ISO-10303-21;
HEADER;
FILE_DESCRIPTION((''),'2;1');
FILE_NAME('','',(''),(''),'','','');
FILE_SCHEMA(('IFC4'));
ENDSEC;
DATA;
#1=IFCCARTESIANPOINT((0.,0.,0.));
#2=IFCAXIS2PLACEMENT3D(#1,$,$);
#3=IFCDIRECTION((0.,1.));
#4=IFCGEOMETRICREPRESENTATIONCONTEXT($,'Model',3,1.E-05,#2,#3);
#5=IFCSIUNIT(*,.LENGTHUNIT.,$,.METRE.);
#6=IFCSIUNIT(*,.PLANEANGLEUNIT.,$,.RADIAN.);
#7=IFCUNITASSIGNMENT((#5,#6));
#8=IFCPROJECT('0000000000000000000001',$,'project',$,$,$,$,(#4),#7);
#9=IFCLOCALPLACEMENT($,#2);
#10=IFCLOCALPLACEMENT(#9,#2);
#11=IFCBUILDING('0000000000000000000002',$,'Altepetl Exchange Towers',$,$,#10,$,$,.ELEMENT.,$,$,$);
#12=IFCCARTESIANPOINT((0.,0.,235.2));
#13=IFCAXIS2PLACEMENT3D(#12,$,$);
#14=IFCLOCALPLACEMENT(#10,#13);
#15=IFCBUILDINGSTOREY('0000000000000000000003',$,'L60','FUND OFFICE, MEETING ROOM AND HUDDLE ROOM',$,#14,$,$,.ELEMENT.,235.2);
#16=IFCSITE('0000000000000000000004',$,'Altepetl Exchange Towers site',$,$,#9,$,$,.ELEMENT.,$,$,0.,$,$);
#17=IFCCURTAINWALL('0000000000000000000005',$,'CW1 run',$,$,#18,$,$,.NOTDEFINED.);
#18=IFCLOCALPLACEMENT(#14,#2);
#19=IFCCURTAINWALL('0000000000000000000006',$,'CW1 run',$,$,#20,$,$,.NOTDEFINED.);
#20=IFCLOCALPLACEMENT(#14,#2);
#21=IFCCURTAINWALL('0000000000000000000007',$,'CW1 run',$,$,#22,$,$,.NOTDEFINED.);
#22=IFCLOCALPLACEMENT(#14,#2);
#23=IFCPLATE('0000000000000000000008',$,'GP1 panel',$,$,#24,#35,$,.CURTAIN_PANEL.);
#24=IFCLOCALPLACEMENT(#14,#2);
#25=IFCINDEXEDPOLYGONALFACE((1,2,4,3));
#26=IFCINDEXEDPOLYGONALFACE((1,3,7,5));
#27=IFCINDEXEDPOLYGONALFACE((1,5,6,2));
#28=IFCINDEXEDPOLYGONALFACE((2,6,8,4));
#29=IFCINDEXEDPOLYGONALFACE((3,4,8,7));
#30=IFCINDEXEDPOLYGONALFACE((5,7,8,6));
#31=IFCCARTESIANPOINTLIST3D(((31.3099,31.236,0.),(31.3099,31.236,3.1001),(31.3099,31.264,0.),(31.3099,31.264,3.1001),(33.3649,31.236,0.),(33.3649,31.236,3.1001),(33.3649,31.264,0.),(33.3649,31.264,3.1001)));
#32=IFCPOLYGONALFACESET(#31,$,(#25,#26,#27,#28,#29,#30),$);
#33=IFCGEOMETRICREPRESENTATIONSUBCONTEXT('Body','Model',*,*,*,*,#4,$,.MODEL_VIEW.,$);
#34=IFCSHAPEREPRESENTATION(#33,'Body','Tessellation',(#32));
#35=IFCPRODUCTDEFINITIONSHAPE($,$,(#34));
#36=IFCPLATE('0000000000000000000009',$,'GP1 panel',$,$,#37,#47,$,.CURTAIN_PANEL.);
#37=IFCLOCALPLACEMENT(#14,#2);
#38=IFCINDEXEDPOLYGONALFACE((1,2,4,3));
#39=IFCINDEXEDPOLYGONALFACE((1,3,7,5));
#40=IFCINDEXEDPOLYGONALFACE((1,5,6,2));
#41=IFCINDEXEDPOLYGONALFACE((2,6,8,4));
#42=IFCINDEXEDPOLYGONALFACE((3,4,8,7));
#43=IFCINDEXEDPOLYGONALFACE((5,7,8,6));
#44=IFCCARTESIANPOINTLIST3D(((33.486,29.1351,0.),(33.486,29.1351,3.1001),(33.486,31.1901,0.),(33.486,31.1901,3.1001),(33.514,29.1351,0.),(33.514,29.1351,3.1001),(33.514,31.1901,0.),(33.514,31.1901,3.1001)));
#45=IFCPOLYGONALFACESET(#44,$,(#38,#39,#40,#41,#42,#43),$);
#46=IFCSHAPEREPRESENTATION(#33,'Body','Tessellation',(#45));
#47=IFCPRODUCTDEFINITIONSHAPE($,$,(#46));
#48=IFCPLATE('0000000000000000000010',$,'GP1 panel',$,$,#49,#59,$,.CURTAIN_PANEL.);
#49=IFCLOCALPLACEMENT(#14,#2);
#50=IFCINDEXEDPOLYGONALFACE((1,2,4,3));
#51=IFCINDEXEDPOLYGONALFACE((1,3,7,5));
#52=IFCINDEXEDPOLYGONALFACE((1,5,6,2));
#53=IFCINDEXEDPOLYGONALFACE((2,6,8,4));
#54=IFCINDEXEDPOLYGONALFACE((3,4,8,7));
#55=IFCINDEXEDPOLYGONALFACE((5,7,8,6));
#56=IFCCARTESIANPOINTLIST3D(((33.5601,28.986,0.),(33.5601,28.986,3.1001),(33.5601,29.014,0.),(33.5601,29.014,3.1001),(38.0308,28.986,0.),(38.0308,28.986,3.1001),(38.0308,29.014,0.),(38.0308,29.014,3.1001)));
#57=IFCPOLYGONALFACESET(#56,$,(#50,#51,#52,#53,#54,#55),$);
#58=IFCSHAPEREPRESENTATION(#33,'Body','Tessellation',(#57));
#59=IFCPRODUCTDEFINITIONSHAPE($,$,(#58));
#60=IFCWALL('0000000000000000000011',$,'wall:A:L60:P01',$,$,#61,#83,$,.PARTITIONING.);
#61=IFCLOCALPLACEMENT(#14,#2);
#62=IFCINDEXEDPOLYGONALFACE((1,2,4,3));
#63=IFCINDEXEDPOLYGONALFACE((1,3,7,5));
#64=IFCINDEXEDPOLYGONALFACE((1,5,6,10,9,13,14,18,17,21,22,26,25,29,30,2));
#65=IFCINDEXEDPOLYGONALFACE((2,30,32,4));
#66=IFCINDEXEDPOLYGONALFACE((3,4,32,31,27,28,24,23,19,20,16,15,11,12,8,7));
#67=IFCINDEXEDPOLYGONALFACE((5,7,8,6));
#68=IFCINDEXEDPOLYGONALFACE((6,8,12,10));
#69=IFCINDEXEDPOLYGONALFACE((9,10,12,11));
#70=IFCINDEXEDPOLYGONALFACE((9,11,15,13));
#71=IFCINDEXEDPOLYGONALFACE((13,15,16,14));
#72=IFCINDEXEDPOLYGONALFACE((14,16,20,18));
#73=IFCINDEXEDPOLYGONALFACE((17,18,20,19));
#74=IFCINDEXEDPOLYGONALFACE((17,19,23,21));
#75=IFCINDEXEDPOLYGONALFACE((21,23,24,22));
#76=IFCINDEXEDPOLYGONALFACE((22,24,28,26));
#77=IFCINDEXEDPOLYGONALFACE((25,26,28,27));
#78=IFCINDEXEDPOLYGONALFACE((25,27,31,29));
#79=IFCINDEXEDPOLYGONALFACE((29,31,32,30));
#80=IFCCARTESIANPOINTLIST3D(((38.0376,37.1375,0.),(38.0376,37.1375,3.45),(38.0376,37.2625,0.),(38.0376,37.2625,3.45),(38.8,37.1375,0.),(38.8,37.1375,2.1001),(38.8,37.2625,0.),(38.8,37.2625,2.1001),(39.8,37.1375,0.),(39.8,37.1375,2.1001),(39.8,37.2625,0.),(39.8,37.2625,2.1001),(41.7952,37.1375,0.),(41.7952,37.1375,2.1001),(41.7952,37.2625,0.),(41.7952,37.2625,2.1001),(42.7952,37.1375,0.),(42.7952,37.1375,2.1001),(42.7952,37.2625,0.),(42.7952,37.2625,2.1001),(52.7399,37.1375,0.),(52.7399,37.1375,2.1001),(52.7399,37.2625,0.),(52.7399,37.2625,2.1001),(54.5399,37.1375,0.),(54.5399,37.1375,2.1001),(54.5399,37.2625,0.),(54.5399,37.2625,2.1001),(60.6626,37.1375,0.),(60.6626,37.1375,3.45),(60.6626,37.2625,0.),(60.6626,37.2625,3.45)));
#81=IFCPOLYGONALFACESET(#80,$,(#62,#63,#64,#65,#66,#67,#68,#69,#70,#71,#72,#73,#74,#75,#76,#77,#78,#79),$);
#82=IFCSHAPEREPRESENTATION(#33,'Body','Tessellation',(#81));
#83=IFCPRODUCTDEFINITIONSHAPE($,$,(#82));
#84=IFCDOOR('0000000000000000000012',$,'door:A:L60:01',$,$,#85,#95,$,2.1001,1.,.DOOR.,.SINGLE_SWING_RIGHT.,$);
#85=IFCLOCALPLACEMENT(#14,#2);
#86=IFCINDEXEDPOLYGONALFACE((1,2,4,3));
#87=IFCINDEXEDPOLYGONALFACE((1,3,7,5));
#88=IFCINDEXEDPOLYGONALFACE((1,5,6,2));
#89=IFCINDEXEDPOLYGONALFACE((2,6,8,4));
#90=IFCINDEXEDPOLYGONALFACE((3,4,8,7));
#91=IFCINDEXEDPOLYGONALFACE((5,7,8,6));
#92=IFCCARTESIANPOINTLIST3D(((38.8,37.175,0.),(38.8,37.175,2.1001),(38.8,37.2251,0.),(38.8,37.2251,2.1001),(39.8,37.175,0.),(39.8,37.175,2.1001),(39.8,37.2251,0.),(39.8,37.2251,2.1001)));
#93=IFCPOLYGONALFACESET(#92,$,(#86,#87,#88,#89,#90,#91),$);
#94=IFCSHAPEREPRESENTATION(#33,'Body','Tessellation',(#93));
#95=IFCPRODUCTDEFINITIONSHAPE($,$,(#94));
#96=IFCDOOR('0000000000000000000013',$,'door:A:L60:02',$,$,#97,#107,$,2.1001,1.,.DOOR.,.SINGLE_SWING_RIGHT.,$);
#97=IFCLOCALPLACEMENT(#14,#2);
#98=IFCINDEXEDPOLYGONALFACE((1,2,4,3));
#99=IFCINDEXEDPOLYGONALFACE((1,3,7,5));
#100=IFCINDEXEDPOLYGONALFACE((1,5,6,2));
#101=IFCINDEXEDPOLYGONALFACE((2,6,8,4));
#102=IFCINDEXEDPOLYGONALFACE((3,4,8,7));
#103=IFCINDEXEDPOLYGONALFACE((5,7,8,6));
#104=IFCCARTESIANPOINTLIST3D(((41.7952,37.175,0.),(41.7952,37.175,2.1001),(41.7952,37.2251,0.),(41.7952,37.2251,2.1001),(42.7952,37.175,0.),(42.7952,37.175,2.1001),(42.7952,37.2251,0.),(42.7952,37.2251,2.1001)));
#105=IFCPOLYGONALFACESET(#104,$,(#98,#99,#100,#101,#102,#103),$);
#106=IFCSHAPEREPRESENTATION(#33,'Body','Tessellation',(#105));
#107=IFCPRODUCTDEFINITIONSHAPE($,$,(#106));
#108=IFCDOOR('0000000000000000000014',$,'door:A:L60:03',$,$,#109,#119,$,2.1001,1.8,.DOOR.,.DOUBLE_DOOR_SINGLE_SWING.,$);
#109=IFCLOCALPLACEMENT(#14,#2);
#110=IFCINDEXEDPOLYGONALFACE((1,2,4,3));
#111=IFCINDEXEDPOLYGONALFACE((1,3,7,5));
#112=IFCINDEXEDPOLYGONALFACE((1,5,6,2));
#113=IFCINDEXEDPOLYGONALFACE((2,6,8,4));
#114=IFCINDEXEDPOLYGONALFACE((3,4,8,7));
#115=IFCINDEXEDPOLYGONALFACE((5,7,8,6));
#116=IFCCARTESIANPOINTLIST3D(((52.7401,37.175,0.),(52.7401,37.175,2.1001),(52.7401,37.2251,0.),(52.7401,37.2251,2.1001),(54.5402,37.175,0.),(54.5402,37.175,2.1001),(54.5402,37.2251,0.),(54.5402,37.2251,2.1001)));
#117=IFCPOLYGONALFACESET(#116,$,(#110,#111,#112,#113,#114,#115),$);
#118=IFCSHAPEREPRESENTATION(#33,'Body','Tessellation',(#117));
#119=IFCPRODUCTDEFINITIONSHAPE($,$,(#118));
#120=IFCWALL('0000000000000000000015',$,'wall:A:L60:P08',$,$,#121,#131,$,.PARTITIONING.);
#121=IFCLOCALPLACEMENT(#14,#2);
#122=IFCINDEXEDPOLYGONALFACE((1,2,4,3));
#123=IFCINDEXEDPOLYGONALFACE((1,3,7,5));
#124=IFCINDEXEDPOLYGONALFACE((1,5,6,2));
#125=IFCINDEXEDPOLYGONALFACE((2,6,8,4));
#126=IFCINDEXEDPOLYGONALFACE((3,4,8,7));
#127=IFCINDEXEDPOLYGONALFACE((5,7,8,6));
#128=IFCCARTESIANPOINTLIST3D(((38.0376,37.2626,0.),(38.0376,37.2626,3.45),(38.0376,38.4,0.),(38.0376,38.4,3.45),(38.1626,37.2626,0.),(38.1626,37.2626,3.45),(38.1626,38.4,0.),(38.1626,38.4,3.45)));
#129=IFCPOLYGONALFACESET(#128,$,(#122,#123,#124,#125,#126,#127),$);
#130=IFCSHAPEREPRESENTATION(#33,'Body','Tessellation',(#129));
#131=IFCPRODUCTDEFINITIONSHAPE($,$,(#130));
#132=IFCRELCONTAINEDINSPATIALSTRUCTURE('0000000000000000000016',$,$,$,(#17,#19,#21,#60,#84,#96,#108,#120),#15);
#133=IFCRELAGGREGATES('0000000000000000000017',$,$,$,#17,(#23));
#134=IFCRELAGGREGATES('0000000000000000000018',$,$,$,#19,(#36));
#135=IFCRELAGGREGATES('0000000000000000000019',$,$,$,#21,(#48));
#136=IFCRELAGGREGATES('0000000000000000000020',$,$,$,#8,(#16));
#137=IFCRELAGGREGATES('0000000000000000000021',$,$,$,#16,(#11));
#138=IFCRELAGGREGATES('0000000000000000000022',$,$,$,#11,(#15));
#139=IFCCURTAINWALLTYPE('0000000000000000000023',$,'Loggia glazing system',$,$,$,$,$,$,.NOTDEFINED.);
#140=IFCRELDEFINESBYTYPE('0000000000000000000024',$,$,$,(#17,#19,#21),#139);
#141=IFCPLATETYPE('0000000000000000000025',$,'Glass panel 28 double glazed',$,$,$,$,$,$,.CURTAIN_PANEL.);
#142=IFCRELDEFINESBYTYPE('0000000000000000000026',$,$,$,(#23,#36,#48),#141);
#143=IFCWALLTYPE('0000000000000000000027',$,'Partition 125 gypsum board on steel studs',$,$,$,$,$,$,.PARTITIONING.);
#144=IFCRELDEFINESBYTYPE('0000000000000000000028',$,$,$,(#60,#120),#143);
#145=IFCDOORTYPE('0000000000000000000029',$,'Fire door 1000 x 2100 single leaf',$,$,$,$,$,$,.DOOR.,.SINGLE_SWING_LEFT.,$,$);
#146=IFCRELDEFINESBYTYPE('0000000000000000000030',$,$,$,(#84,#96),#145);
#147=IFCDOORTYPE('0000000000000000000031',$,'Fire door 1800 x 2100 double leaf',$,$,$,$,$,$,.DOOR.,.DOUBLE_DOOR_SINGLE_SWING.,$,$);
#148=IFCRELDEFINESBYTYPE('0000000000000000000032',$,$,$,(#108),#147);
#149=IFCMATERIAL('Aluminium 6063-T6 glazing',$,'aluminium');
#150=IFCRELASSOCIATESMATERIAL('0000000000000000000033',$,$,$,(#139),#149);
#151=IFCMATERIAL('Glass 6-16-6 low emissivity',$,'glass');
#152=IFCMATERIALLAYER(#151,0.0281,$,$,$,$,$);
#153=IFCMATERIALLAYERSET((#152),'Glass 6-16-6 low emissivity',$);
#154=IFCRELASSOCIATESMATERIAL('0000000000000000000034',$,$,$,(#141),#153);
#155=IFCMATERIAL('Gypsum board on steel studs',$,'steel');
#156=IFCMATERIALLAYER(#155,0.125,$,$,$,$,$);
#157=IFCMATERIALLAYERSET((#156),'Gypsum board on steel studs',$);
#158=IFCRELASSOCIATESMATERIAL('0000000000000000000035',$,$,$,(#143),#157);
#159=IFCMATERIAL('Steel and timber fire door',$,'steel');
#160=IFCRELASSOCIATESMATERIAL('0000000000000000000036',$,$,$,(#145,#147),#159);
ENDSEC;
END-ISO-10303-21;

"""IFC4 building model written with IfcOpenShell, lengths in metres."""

from ifc_helpers import new_model, si_unit, direction, frame, frame_2d, origin, origin_2d, place, context, subcontext, project, spatial, rectangle, extrude, material, layer, layer_set, type_object, element, fill, aggregate, save


model = new_model("IFC4")

# Units and contexts
model_context = context("Model", 3, precision=1e-05, world=origin(), true_north=direction((0.0, 1.0)))
body_context = subcontext(model_context, "Body", "Model", "MODEL_VIEW")
ifc_project = project(units=[si_unit("LENGTHUNIT", "METRE"), si_unit("PLANEANGLEUNIT", "RADIAN")], contexts=[model_context])

# Site, building, storey
site_placement = place(None, origin())
site = spatial("IfcSite", under=ifc_project, at=site_placement, Name="Altepetl Exchange Towers site", CompositionType="ELEMENT", RefElevation=0.0)
building_placement = place(site_placement, origin())
building = spatial("IfcBuilding", under=site, at=building_placement, Name="Altepetl Exchange Towers", CompositionType="ELEMENT")
storey_placement = place(building_placement, frame((0.0, 0.0, 235.2)))
storey = spatial("IfcBuildingStorey", under=building, at=storey_placement, Name="L60", Description="FUND OFFICE, MEETING ROOM AND HUDDLE ROOM", CompositionType="ELEMENT", Elevation=235.2)

# Curtain wall
ifc_material_1 = material(Name="Aluminium 6063-T6 glazing", Category="aluminium")
curtain_wall_type = type_object("IfcCurtainWallType", Name="Loggia glazing system", PredefinedType="NOTDEFINED", material=ifc_material_1)
curtain_wall_1_placement = place(storey_placement, origin())
curtain_wall_1 = element("IfcCurtainWall", 1, at=curtain_wall_1_placement, inside=storey, type_object=curtain_wall_type, Name="CW1 run", PredefinedType="NOTDEFINED")

# Curtain walls
curtain_wall_2_placement = place(storey_placement, origin())
curtain_wall_2 = element("IfcCurtainWall", 2, at=curtain_wall_2_placement, inside=storey, type_object=curtain_wall_type, Name="CW1 run", PredefinedType="NOTDEFINED")
curtain_wall_3_placement = place(storey_placement, origin())
curtain_wall_3 = element("IfcCurtainWall", 3, at=curtain_wall_3_placement, inside=storey, type_object=curtain_wall_type, Name="CW1 run", PredefinedType="NOTDEFINED")

# Plates
ifc_material_2 = material(Name="Glass 6-16-6 low emissivity", Category="glass")
ifc_layer_1 = layer(ifc_material_2, 0.0281)
ifc_layer_set_1 = layer_set([ifc_layer_1], Name="Glass 6-16-6 low emissivity")
plate_type = type_object("IfcPlateType", Name="Glass panel 28 double glazed", PredefinedType="CURTAIN_PANEL", material=ifc_layer_set_1)
plate_1_placement = place(storey_placement, frame((32.3374, 31.25, 0.0)))
plate_1 = element("IfcPlate", 4, at=plate_1_placement, type_object=plate_type, Name="GP1 panel", PredefinedType="CURTAIN_PANEL", context=body_context, shape_type="SweptSolid", body=[
    extrude(rectangle(XDim=2.0549, YDim=0.0281, at=origin_2d()), origin(), (0.0, 0.0, 1.0), 3.1001),
])
aggregate(curtain_wall_1, [plate_1])
plate_2_placement = place(storey_placement, frame((33.5, 30.1626, 0.0), z_axis=(0.0, 0.0, 1.0), x_axis=(0.0, -1.0, 0.0)))
plate_2 = element("IfcPlate", 5, at=plate_2_placement, type_object=plate_type, Name="GP1 panel", PredefinedType="CURTAIN_PANEL", context=body_context, shape_type="SweptSolid", body=[
    extrude(rectangle(XDim=2.0549, YDim=0.0281, at=origin_2d()), origin(), (0.0, 0.0, 1.0), 3.1001),
])
aggregate(curtain_wall_2, [plate_2])
plate_3_placement = place(storey_placement, frame((35.7954, 29.0, 0.0)))
plate_3 = element("IfcPlate", 6, at=plate_3_placement, type_object=plate_type, Name="GP1 panel", PredefinedType="CURTAIN_PANEL", context=body_context, shape_type="SweptSolid", body=[
    extrude(rectangle(XDim=4.4707, YDim=0.0281, at=origin_2d()), origin(), (0.0, 0.0, 1.0), 3.1001),
])
aggregate(curtain_wall_3, [plate_3])

# Wall, openings, doors
ifc_material_3 = material(Name="Gypsum board on steel studs", Category="steel")
ifc_layer_2 = layer(ifc_material_3, 0.125)
ifc_layer_set_2 = layer_set([ifc_layer_2], Name="Gypsum board on steel studs")
wall_type = type_object("IfcWallType", Name="Partition 125 gypsum board on steel studs", PredefinedType="PARTITIONING", material=ifc_layer_set_2)
wall_1_placement = place(storey_placement, frame((38.0376, 37.2, 0.0)))
wall_1 = element("IfcWall", 7, at=wall_1_placement, inside=storey, type_object=wall_type, Name="wall:A:L60:P01", PredefinedType="PARTITIONING", context=body_context, shape_type="SweptSolid", body=[
    extrude(rectangle(XDim=22.625, YDim=0.125, at=frame_2d((11.3125, 0.0))), origin(), (0.0, 0.0, 1.0), 3.45),
])
opening_1_placement = place(wall_1_placement, frame((0.7625, 0.0, 0.0)))
opening_1 = element("IfcOpeningElement", 8, at=opening_1_placement, cuts=wall_1, PredefinedType="OPENING", context=body_context, shape_type="SweptSolid", body=[
    extrude(rectangle(XDim=1.0, YDim=2.1001, at=frame_2d((0.5, 1.05))), frame((0.0, 0.0725, 0.0), z_axis=(0.0, -1.0, 0.0), x_axis=(1.0, 0.0, 0.0)), (0.0, 0.0, 1.0), 0.145),
])
opening_2_placement = place(wall_1_placement, frame((3.7576, 0.0, 0.0)))
opening_2 = element("IfcOpeningElement", 9, at=opening_2_placement, cuts=wall_1, PredefinedType="OPENING", context=body_context, shape_type="SweptSolid", body=[
    extrude(rectangle(XDim=1.0, YDim=2.1001, at=frame_2d((0.5, 1.05))), frame((0.0, 0.0725, 0.0), z_axis=(0.0, -1.0, 0.0), x_axis=(1.0, 0.0, 0.0)), (0.0, 0.0, 1.0), 0.145),
])
opening_3_placement = place(wall_1_placement, frame((14.7024, 0.0, 0.0)))
opening_3 = element("IfcOpeningElement", 10, at=opening_3_placement, cuts=wall_1, PredefinedType="OPENING", context=body_context, shape_type="SweptSolid", body=[
    extrude(rectangle(XDim=1.8, YDim=2.1001, at=frame_2d((0.8999, 1.05))), frame((0.0, 0.0725, 0.0), z_axis=(0.0, -1.0, 0.0), x_axis=(1.0, 0.0, 0.0)), (0.0, 0.0, 1.0), 0.145),
])
ifc_material_4 = material(Name="Steel and timber fire door", Category="steel")
door_type_1 = type_object("IfcDoorType", Name="Fire door 1000 x 2100 single leaf", OperationType="SINGLE_SWING_LEFT", PredefinedType="DOOR", material=ifc_material_4)
door_1_placement = place(opening_1_placement, frame((1.0, 0.0, 0.0), x_axis=(-1.0, 0.0, 0.0)))
door_1 = element("IfcDoor", 11, at=door_1_placement, inside=storey, type_object=door_type_1, Name="door:A:L60:01", OperationType="SINGLE_SWING_RIGHT", OverallHeight=2.1001, OverallWidth=1.0, PredefinedType="DOOR", context=body_context, shape_type="SweptSolid", body=[
    extrude(rectangle(XDim=1.0, YDim=2.1001, at=frame_2d((0.5, 1.05))), frame((0.0, 0.0249, 0.0), z_axis=(0.0, -1.0, 0.0), x_axis=(1.0, 0.0, 0.0)), (0.0, 0.0, 1.0), 0.05),
])
fill(opening_1, door_1)
door_2_placement = place(opening_2_placement, frame((1.0, 0.0, 0.0), x_axis=(-1.0, 0.0, 0.0)))
door_2 = element("IfcDoor", 12, at=door_2_placement, inside=storey, type_object=door_type_1, Name="door:A:L60:02", OperationType="SINGLE_SWING_RIGHT", OverallHeight=2.1001, OverallWidth=1.0, PredefinedType="DOOR", context=body_context, shape_type="SweptSolid", body=[
    extrude(rectangle(XDim=1.0, YDim=2.1001, at=frame_2d((0.5, 1.05))), frame((0.0, 0.0249, 0.0), z_axis=(0.0, -1.0, 0.0), x_axis=(1.0, 0.0, 0.0)), (0.0, 0.0, 1.0), 0.05),
])
fill(opening_2, door_2)
door_type_2 = type_object("IfcDoorType", Name="Fire door 1800 x 2100 double leaf", OperationType="DOUBLE_DOOR_SINGLE_SWING", PredefinedType="DOOR", material=ifc_material_4)
door_3_placement = place(opening_3_placement, frame((1.8, 0.0, 0.0), x_axis=(-1.0, 0.0, 0.0)))
door_3 = element("IfcDoor", 13, at=door_3_placement, inside=storey, type_object=door_type_2, Name="door:A:L60:03", OperationType="DOUBLE_DOOR_SINGLE_SWING", OverallHeight=2.1001, OverallWidth=1.8, PredefinedType="DOOR", context=body_context, shape_type="SweptSolid", body=[
    extrude(rectangle(XDim=1.8, YDim=2.1001, at=frame_2d((0.8999, 1.05))), frame((0.0, 0.0249, 0.0), z_axis=(0.0, -1.0, 0.0), x_axis=(1.0, 0.0, 0.0)), (0.0, 0.0, 1.0), 0.05),
])
fill(opening_3, door_3)

# Wall
wall_2_placement = place(storey_placement, frame((38.1001, 37.2625, 0.0), z_axis=(0.0, 0.0, 1.0), x_axis=(0.0, 1.0, 0.0)))
element("IfcWall", 14, at=wall_2_placement, inside=storey, type_object=wall_type, Name="wall:A:L60:P08", PredefinedType="PARTITIONING", context=body_context, shape_type="SweptSolid", body=[
    extrude(rectangle(XDim=1.1375, YDim=0.125, at=frame_2d((0.5688, 0.0))), origin(), (0.0, 0.0, 1.0), 3.45),
])

save(model, "model.ifc")
